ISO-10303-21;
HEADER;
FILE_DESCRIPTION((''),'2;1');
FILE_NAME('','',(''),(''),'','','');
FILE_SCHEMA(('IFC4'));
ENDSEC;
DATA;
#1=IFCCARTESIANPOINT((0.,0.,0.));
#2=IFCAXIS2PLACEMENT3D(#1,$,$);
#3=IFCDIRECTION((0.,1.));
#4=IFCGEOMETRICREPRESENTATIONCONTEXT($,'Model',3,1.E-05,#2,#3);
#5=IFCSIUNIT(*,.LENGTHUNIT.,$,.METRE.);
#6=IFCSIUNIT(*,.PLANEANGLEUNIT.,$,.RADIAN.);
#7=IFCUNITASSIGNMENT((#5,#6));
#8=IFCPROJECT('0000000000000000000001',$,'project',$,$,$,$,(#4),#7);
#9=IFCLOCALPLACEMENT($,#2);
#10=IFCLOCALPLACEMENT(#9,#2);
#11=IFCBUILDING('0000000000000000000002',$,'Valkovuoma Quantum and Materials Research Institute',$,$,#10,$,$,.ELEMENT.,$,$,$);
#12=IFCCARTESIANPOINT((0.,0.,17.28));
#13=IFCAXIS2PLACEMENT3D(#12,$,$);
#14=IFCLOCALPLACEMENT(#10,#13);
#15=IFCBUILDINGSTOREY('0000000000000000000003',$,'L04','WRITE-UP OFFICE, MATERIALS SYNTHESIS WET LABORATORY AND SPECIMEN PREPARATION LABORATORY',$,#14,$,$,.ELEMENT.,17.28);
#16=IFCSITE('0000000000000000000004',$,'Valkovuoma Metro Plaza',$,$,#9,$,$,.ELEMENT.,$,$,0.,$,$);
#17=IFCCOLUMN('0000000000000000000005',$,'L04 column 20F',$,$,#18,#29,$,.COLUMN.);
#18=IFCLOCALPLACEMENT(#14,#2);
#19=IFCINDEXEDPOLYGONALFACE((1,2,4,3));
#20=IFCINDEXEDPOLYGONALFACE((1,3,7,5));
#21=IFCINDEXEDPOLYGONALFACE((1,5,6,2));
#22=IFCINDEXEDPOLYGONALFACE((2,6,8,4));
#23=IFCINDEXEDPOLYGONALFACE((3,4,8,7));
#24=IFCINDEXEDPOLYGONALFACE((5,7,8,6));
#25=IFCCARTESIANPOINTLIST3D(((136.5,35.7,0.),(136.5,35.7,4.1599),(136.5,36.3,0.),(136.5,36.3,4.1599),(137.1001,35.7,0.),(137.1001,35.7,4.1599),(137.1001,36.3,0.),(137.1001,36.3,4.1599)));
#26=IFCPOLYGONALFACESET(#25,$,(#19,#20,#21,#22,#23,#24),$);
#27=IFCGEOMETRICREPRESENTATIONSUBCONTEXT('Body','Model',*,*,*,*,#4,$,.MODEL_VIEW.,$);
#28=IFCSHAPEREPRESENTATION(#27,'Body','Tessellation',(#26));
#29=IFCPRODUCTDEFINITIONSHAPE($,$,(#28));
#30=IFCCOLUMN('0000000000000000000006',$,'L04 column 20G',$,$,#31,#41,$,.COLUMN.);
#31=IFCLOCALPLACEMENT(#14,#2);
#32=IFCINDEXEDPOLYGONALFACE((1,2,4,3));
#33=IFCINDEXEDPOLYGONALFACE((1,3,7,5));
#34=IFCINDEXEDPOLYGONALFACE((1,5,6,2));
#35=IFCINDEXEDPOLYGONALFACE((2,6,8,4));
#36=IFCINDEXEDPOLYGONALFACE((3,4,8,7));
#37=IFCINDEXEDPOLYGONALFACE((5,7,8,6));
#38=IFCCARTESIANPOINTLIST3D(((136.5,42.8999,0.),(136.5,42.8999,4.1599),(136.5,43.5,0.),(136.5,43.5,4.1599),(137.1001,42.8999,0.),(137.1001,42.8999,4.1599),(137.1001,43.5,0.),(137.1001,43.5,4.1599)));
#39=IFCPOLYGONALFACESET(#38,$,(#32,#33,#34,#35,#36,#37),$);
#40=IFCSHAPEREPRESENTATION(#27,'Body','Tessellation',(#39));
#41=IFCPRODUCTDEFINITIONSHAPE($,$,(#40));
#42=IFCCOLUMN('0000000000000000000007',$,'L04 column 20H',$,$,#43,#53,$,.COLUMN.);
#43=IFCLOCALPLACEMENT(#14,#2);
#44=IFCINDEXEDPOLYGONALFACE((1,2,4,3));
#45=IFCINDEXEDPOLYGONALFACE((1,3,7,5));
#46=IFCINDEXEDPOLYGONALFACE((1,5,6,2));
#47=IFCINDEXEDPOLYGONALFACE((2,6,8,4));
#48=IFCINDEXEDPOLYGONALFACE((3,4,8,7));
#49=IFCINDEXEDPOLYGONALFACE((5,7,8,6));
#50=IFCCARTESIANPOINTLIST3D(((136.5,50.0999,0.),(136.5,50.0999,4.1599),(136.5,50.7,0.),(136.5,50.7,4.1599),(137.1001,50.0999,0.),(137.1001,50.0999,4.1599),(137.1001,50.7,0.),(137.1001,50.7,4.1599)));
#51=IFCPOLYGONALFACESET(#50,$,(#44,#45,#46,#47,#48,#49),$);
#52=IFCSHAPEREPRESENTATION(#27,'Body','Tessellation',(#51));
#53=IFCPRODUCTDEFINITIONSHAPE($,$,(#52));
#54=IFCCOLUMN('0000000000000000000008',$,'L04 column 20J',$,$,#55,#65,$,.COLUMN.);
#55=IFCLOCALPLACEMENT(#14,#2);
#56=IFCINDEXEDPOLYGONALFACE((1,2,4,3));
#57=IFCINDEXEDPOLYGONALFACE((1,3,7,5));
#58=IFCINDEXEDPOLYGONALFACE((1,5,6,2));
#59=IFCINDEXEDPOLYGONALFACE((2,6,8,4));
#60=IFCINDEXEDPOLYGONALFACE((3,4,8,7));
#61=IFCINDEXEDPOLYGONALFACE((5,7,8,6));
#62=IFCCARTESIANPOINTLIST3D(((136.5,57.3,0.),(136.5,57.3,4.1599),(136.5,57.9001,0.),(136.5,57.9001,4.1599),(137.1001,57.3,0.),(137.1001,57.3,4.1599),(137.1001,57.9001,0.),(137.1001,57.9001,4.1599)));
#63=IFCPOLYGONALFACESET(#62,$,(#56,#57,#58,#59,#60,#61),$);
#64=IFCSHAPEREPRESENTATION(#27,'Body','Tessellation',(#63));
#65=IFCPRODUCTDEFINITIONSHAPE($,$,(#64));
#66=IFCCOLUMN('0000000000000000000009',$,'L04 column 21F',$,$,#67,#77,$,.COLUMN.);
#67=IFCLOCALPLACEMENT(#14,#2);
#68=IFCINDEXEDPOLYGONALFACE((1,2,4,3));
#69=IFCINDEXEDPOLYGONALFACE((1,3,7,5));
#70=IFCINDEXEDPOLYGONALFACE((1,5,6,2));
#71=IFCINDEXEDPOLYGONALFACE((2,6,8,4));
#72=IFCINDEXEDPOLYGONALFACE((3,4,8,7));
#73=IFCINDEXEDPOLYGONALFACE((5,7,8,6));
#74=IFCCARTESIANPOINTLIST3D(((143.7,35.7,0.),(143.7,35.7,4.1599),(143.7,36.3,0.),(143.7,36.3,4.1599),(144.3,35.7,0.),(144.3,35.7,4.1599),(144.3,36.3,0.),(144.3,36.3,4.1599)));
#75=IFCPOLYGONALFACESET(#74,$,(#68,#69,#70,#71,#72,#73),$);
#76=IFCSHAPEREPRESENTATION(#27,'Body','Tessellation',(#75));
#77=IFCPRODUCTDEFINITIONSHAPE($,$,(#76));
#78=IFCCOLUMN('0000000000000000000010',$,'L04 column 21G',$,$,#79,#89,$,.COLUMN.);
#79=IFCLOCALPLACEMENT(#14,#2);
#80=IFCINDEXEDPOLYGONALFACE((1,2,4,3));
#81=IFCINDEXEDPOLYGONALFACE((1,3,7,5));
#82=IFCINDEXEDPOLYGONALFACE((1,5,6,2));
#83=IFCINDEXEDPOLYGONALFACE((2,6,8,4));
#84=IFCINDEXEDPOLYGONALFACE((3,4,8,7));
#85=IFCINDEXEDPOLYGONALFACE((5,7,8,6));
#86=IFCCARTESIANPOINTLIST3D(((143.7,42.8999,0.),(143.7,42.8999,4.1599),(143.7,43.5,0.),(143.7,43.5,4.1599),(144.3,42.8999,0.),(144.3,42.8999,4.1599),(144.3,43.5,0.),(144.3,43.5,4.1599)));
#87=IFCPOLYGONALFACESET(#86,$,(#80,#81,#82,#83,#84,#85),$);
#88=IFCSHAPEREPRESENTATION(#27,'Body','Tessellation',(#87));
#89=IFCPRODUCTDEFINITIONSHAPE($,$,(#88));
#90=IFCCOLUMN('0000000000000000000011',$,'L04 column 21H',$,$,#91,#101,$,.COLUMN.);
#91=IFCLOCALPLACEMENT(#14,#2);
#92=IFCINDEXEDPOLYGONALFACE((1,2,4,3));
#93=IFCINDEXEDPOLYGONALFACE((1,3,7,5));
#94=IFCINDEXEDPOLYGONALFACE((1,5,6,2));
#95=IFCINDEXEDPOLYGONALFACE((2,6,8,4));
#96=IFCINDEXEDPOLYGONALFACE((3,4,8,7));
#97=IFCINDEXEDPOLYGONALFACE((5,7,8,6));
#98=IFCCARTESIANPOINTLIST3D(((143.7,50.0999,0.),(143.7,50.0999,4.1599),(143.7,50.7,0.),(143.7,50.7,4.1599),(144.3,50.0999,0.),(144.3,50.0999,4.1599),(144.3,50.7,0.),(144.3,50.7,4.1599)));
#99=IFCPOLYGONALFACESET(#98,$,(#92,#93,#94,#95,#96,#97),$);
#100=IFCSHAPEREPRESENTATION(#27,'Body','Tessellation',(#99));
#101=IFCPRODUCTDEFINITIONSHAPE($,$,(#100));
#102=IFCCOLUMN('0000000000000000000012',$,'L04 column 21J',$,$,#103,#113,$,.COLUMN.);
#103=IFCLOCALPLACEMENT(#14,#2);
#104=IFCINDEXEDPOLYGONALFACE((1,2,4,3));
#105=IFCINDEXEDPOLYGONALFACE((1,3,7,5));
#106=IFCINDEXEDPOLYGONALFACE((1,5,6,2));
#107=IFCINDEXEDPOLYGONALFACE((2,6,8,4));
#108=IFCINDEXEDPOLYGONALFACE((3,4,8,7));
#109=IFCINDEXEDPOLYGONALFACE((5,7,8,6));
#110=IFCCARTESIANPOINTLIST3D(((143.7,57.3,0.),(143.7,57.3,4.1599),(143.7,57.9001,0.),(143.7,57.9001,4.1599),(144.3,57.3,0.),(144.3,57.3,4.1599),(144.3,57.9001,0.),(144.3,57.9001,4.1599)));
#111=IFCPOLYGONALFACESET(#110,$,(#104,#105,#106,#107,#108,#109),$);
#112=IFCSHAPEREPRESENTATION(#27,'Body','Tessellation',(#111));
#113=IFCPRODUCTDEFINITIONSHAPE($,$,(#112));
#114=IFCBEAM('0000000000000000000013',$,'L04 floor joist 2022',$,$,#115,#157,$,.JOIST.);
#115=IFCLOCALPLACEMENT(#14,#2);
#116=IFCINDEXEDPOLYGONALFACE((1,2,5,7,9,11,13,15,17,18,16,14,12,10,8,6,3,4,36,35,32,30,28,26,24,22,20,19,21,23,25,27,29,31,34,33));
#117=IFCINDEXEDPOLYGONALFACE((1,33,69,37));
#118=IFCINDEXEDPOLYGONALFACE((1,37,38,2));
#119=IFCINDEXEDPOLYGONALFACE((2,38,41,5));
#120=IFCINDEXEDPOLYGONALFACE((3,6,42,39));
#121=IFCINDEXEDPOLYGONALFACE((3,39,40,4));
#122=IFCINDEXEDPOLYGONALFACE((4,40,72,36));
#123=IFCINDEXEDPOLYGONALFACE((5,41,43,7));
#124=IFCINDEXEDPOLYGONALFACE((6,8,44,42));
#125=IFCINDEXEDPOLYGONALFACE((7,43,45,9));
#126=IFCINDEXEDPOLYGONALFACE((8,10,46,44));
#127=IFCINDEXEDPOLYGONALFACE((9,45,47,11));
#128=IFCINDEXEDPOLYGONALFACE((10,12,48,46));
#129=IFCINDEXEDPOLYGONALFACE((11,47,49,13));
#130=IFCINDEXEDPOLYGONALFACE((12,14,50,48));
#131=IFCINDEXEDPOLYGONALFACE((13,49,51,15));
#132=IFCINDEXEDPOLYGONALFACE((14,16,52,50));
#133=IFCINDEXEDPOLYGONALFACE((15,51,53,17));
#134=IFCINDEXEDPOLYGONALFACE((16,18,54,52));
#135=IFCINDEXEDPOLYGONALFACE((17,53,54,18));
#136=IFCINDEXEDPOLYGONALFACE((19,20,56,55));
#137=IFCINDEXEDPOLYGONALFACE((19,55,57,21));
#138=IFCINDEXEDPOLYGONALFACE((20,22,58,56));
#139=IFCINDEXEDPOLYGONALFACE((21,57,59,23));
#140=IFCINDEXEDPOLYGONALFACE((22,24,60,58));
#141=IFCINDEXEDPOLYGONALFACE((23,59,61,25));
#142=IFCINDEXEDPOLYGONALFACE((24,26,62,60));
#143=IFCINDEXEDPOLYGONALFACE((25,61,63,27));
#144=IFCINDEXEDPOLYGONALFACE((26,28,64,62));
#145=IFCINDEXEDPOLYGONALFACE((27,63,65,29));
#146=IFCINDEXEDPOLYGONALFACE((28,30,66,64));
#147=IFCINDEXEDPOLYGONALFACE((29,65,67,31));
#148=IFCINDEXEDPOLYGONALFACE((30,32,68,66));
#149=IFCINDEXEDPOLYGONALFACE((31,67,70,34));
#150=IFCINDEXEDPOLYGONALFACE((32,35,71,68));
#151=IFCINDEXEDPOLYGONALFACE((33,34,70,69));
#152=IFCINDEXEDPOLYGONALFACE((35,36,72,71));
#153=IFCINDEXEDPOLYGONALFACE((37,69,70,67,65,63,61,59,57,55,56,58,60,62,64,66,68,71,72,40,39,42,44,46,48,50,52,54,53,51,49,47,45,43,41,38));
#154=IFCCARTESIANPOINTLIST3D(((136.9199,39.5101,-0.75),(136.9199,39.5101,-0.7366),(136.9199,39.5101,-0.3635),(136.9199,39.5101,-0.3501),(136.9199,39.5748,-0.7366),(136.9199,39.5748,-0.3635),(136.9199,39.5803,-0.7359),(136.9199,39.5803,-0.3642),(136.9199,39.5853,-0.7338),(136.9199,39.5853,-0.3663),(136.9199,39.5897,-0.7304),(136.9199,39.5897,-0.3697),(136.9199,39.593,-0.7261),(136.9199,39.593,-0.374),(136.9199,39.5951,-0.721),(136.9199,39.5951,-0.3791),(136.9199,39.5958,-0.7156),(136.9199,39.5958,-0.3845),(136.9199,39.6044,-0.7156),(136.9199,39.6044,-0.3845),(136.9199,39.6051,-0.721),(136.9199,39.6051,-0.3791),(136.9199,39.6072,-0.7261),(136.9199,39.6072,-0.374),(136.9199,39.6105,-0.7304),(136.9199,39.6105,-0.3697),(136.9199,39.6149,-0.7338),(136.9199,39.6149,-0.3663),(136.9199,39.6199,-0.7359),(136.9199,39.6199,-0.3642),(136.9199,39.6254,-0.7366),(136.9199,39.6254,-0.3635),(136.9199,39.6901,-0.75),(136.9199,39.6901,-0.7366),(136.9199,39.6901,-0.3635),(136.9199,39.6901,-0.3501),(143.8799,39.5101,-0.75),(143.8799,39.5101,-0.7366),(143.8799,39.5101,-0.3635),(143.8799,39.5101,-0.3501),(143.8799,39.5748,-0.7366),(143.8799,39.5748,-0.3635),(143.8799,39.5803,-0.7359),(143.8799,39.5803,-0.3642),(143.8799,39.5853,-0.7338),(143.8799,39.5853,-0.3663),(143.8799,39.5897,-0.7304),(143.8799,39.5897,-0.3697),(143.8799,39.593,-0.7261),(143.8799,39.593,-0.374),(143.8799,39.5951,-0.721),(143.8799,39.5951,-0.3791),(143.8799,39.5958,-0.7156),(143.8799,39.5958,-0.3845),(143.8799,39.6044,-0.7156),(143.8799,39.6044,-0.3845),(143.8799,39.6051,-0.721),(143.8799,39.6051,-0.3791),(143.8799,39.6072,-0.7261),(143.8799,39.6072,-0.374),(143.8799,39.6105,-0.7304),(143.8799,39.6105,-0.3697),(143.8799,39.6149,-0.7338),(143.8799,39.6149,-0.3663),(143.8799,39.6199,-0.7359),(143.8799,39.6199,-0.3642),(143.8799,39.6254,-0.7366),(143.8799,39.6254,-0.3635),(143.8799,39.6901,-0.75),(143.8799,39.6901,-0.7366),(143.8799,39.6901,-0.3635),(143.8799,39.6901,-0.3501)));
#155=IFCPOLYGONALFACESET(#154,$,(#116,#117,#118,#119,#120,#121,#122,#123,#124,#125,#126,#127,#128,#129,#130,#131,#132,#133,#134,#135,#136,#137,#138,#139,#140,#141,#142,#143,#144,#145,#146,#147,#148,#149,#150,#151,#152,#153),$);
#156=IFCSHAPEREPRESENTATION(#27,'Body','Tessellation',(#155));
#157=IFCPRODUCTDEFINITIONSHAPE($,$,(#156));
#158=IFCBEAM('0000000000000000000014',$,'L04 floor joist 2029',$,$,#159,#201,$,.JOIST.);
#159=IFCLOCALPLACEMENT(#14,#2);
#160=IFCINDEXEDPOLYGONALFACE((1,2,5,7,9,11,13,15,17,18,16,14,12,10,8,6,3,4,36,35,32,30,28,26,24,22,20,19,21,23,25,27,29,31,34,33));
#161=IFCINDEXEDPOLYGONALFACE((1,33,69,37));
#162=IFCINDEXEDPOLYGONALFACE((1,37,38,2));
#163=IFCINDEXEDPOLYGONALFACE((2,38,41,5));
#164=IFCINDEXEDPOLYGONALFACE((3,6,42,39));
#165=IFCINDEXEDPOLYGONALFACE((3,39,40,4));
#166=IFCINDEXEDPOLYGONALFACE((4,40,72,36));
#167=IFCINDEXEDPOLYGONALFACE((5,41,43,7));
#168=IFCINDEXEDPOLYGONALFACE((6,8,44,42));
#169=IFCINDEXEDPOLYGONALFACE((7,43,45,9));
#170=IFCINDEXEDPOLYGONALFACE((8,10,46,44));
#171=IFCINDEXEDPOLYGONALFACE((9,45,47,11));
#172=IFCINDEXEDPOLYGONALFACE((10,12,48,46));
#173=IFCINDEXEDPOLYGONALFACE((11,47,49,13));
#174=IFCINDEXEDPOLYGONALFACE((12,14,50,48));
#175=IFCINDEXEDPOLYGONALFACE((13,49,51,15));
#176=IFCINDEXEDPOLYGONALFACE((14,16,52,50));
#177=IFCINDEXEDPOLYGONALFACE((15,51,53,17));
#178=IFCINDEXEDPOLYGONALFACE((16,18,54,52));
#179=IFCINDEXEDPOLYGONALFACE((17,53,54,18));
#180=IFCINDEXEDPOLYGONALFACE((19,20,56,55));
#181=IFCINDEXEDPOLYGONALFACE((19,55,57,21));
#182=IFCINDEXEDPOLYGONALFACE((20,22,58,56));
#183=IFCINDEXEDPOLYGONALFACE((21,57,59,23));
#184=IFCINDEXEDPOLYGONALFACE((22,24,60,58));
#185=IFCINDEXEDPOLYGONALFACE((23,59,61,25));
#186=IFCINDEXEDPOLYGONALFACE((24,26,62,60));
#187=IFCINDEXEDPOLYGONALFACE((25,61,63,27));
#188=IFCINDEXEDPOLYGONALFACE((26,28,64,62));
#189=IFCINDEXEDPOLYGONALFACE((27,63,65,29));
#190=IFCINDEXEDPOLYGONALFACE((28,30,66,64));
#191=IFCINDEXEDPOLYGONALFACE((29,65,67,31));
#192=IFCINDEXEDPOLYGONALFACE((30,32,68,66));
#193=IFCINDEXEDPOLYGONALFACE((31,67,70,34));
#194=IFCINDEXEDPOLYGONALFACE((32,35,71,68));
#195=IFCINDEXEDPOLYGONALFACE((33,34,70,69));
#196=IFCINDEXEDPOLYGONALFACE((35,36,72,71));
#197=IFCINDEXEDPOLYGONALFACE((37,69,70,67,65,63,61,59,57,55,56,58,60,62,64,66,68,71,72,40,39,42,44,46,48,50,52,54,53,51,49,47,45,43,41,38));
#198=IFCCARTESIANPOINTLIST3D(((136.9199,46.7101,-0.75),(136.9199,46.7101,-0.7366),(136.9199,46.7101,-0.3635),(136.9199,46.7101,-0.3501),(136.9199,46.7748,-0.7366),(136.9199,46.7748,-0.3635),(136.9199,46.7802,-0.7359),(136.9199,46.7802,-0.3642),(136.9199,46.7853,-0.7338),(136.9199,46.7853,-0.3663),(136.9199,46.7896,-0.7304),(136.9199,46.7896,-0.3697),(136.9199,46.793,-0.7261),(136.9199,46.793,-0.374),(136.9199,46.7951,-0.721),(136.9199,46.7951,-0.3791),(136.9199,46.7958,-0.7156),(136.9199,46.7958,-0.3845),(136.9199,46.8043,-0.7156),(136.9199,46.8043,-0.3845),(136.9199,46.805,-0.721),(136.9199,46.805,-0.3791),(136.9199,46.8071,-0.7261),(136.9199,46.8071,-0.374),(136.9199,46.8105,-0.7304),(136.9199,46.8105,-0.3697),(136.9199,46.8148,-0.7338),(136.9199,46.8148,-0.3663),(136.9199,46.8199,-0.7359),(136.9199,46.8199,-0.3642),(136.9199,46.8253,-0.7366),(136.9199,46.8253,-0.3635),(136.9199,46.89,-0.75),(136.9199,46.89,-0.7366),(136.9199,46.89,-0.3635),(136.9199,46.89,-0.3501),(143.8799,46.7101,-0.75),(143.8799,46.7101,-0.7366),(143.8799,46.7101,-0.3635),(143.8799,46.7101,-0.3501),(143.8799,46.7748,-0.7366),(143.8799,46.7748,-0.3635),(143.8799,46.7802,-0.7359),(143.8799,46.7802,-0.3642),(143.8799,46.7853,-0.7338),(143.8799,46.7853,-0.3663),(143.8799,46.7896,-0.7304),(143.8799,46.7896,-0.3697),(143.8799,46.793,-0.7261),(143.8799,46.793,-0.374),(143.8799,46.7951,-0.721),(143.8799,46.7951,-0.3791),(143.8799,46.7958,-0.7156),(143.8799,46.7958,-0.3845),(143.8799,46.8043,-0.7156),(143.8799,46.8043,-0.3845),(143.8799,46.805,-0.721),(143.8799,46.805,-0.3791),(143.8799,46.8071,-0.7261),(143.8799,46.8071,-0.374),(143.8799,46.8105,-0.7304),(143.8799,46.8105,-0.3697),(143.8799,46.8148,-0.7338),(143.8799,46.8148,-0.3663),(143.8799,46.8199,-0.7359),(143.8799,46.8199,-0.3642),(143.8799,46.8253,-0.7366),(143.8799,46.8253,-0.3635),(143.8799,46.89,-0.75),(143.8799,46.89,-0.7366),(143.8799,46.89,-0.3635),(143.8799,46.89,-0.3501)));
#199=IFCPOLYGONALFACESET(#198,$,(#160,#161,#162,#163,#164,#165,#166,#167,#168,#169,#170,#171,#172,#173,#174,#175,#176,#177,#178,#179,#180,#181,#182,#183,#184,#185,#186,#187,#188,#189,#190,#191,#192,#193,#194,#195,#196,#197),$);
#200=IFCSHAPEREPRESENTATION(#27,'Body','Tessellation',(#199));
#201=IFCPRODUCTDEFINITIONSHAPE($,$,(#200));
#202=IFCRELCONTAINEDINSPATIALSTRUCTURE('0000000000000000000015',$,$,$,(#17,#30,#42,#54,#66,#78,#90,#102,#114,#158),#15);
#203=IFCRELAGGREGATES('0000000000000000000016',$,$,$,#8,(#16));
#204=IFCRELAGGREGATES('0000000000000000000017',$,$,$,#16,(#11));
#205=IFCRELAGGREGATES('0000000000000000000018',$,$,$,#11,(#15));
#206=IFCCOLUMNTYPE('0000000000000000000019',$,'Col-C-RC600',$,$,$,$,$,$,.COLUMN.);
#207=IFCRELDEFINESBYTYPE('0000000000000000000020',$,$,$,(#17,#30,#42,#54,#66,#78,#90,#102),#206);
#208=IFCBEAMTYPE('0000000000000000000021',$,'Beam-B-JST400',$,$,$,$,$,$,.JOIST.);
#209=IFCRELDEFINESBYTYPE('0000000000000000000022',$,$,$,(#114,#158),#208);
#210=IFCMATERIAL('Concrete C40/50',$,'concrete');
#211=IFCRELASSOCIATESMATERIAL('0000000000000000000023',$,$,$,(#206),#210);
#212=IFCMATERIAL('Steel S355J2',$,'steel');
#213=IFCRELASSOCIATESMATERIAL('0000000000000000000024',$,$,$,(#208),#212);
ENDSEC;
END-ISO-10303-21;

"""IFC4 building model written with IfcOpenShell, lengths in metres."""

from ifc_helpers import new_model, si_unit, direction, frame, origin, origin_2d, place, context, subcontext, project, spatial, rectangle, i_section, extrude, material, material_profile, profile_set, type_object, element, save


model = new_model("IFC4")

# Units and contexts
model_context = context("Model", 3, precision=1e-05, world=origin(), true_north=direction((0.0, 1.0)))
body_context = subcontext(model_context, "Body", "Model", "MODEL_VIEW")
ifc_project = project(units=[si_unit("LENGTHUNIT", "METRE"), si_unit("PLANEANGLEUNIT", "RADIAN")], contexts=[model_context])

# Site, building, storey
site_placement = place(None, origin())
site = spatial("IfcSite", under=ifc_project, at=site_placement, Name="Valkovuoma Metro Plaza", CompositionType="ELEMENT", RefElevation=0.0)
building_placement = place(site_placement, origin())
building = spatial("IfcBuilding", under=site, at=building_placement, Name="Valkovuoma Quantum and Materials Research Institute", CompositionType="ELEMENT")
storey_placement = place(building_placement, frame((0.0, 0.0, 17.28)))
storey = spatial("IfcBuildingStorey", under=building, at=storey_placement, Name="L04", Description="WRITE-UP OFFICE, MATERIALS SYNTHESIS WET LABORATORY AND SPECIMEN PREPARATION LABORATORY", CompositionType="ELEMENT", Elevation=17.28)

# Columns
ifc_material_1 = material(Name="Concrete C40/50", Category="concrete")
ifc_material_profile_1 = material_profile(ifc_material_1, rectangle(XDim=0.6001, YDim=0.6001, at=origin_2d()), Name="Concrete C40/50")
ifc_profile_set_1 = profile_set([ifc_material_profile_1], Name="Concrete C40/50")
column_type = type_object("IfcColumnType", Name="Col-C-RC600", PredefinedType="COLUMN", material=ifc_profile_set_1)
for number, where, z_axis, x_axis, name in (
    (1, (136.8, 36.0, 0.0), (0.0, 0.0, 1.0), (1.0, 0.0, 0.0), "L04 column 20F"),
    (2, (136.8, 43.2, 0.0), (0.0, 0.0, 1.0), (1.0, 0.0, 0.0), "L04 column 20G"),
    (3, (136.8, 50.3999, 0.0), (0.0, 0.0, 1.0), (1.0, 0.0, 0.0), "L04 column 20H"),
    (4, (136.8, 57.6001, 0.0), (0.0, 0.0, 1.0), (1.0, 0.0, 0.0), "L04 column 20J"),
    (5, (144.0, 36.0, 0.0), (0.0, 0.0, 1.0), (1.0, 0.0, 0.0), "L04 column 21F"),
    (6, (144.0, 43.2, 0.0), (0.0, 0.0, 1.0), (1.0, 0.0, 0.0), "L04 column 21G"),
    (7, (144.0, 50.3999, 0.0), (0.0, 0.0, 1.0), (1.0, 0.0, 0.0), "L04 column 21H"),
    (8, (144.0, 57.6001, 0.0), (0.0, 0.0, 1.0), (1.0, 0.0, 0.0), "L04 column 21J"),
):
    element("IfcColumn", number, at=place(storey_placement, frame(where, z_axis=z_axis, x_axis=x_axis)), inside=storey, type_object=column_type, Name=name, PredefinedType="COLUMN", context=body_context, shape_type="SweptSolid", body=[
        extrude(rectangle(XDim=0.6001, YDim=0.6001, at=origin_2d()), origin(), (0.0, 0.0, 1.0), 4.1599),
    ])

# Beams
ifc_material_2 = material(Name="Steel S355J2", Category="steel")
ifc_material_profile_2 = material_profile(ifc_material_2, i_section(OverallWidth=0.1799, OverallDepth=0.3999, WebThickness=0.0085, FlangeThickness=0.0134, FilletRadius=0.021, at=origin_2d()), Name="Steel S355J2")
ifc_profile_set_2 = profile_set([ifc_material_profile_2], Name="Steel S355J2")
beam_type_1 = type_object("IfcBeamType", Name="Beam-B-JST400", PredefinedType="JOIST", material=ifc_profile_set_2)
for number, where, z_axis, x_axis, name in (
    (9, (136.9199, 39.6001, -0.55), (1.0, 0.0, 0.0), (0.0, 1.0, 0.0), "L04 floor joist 2022"),
    (10, (136.9199, 46.8, -0.55), (1.0, 0.0, 0.0), (0.0, 1.0, 0.0), "L04 floor joist 2029"),
):
    element("IfcBeam", number, at=place(storey_placement, frame(where, z_axis=z_axis, x_axis=x_axis)), inside=storey, type_object=beam_type_1, Name=name, PredefinedType="JOIST", context=body_context, shape_type="SweptSolid", body=[
        extrude(i_section(OverallWidth=0.1799, OverallDepth=0.3999, WebThickness=0.0085, FlangeThickness=0.0134, FilletRadius=0.021, at=origin_2d()), origin(), (0.0, 0.0, 1.0), 6.96),
    ])

save(model, "model.ifc")
